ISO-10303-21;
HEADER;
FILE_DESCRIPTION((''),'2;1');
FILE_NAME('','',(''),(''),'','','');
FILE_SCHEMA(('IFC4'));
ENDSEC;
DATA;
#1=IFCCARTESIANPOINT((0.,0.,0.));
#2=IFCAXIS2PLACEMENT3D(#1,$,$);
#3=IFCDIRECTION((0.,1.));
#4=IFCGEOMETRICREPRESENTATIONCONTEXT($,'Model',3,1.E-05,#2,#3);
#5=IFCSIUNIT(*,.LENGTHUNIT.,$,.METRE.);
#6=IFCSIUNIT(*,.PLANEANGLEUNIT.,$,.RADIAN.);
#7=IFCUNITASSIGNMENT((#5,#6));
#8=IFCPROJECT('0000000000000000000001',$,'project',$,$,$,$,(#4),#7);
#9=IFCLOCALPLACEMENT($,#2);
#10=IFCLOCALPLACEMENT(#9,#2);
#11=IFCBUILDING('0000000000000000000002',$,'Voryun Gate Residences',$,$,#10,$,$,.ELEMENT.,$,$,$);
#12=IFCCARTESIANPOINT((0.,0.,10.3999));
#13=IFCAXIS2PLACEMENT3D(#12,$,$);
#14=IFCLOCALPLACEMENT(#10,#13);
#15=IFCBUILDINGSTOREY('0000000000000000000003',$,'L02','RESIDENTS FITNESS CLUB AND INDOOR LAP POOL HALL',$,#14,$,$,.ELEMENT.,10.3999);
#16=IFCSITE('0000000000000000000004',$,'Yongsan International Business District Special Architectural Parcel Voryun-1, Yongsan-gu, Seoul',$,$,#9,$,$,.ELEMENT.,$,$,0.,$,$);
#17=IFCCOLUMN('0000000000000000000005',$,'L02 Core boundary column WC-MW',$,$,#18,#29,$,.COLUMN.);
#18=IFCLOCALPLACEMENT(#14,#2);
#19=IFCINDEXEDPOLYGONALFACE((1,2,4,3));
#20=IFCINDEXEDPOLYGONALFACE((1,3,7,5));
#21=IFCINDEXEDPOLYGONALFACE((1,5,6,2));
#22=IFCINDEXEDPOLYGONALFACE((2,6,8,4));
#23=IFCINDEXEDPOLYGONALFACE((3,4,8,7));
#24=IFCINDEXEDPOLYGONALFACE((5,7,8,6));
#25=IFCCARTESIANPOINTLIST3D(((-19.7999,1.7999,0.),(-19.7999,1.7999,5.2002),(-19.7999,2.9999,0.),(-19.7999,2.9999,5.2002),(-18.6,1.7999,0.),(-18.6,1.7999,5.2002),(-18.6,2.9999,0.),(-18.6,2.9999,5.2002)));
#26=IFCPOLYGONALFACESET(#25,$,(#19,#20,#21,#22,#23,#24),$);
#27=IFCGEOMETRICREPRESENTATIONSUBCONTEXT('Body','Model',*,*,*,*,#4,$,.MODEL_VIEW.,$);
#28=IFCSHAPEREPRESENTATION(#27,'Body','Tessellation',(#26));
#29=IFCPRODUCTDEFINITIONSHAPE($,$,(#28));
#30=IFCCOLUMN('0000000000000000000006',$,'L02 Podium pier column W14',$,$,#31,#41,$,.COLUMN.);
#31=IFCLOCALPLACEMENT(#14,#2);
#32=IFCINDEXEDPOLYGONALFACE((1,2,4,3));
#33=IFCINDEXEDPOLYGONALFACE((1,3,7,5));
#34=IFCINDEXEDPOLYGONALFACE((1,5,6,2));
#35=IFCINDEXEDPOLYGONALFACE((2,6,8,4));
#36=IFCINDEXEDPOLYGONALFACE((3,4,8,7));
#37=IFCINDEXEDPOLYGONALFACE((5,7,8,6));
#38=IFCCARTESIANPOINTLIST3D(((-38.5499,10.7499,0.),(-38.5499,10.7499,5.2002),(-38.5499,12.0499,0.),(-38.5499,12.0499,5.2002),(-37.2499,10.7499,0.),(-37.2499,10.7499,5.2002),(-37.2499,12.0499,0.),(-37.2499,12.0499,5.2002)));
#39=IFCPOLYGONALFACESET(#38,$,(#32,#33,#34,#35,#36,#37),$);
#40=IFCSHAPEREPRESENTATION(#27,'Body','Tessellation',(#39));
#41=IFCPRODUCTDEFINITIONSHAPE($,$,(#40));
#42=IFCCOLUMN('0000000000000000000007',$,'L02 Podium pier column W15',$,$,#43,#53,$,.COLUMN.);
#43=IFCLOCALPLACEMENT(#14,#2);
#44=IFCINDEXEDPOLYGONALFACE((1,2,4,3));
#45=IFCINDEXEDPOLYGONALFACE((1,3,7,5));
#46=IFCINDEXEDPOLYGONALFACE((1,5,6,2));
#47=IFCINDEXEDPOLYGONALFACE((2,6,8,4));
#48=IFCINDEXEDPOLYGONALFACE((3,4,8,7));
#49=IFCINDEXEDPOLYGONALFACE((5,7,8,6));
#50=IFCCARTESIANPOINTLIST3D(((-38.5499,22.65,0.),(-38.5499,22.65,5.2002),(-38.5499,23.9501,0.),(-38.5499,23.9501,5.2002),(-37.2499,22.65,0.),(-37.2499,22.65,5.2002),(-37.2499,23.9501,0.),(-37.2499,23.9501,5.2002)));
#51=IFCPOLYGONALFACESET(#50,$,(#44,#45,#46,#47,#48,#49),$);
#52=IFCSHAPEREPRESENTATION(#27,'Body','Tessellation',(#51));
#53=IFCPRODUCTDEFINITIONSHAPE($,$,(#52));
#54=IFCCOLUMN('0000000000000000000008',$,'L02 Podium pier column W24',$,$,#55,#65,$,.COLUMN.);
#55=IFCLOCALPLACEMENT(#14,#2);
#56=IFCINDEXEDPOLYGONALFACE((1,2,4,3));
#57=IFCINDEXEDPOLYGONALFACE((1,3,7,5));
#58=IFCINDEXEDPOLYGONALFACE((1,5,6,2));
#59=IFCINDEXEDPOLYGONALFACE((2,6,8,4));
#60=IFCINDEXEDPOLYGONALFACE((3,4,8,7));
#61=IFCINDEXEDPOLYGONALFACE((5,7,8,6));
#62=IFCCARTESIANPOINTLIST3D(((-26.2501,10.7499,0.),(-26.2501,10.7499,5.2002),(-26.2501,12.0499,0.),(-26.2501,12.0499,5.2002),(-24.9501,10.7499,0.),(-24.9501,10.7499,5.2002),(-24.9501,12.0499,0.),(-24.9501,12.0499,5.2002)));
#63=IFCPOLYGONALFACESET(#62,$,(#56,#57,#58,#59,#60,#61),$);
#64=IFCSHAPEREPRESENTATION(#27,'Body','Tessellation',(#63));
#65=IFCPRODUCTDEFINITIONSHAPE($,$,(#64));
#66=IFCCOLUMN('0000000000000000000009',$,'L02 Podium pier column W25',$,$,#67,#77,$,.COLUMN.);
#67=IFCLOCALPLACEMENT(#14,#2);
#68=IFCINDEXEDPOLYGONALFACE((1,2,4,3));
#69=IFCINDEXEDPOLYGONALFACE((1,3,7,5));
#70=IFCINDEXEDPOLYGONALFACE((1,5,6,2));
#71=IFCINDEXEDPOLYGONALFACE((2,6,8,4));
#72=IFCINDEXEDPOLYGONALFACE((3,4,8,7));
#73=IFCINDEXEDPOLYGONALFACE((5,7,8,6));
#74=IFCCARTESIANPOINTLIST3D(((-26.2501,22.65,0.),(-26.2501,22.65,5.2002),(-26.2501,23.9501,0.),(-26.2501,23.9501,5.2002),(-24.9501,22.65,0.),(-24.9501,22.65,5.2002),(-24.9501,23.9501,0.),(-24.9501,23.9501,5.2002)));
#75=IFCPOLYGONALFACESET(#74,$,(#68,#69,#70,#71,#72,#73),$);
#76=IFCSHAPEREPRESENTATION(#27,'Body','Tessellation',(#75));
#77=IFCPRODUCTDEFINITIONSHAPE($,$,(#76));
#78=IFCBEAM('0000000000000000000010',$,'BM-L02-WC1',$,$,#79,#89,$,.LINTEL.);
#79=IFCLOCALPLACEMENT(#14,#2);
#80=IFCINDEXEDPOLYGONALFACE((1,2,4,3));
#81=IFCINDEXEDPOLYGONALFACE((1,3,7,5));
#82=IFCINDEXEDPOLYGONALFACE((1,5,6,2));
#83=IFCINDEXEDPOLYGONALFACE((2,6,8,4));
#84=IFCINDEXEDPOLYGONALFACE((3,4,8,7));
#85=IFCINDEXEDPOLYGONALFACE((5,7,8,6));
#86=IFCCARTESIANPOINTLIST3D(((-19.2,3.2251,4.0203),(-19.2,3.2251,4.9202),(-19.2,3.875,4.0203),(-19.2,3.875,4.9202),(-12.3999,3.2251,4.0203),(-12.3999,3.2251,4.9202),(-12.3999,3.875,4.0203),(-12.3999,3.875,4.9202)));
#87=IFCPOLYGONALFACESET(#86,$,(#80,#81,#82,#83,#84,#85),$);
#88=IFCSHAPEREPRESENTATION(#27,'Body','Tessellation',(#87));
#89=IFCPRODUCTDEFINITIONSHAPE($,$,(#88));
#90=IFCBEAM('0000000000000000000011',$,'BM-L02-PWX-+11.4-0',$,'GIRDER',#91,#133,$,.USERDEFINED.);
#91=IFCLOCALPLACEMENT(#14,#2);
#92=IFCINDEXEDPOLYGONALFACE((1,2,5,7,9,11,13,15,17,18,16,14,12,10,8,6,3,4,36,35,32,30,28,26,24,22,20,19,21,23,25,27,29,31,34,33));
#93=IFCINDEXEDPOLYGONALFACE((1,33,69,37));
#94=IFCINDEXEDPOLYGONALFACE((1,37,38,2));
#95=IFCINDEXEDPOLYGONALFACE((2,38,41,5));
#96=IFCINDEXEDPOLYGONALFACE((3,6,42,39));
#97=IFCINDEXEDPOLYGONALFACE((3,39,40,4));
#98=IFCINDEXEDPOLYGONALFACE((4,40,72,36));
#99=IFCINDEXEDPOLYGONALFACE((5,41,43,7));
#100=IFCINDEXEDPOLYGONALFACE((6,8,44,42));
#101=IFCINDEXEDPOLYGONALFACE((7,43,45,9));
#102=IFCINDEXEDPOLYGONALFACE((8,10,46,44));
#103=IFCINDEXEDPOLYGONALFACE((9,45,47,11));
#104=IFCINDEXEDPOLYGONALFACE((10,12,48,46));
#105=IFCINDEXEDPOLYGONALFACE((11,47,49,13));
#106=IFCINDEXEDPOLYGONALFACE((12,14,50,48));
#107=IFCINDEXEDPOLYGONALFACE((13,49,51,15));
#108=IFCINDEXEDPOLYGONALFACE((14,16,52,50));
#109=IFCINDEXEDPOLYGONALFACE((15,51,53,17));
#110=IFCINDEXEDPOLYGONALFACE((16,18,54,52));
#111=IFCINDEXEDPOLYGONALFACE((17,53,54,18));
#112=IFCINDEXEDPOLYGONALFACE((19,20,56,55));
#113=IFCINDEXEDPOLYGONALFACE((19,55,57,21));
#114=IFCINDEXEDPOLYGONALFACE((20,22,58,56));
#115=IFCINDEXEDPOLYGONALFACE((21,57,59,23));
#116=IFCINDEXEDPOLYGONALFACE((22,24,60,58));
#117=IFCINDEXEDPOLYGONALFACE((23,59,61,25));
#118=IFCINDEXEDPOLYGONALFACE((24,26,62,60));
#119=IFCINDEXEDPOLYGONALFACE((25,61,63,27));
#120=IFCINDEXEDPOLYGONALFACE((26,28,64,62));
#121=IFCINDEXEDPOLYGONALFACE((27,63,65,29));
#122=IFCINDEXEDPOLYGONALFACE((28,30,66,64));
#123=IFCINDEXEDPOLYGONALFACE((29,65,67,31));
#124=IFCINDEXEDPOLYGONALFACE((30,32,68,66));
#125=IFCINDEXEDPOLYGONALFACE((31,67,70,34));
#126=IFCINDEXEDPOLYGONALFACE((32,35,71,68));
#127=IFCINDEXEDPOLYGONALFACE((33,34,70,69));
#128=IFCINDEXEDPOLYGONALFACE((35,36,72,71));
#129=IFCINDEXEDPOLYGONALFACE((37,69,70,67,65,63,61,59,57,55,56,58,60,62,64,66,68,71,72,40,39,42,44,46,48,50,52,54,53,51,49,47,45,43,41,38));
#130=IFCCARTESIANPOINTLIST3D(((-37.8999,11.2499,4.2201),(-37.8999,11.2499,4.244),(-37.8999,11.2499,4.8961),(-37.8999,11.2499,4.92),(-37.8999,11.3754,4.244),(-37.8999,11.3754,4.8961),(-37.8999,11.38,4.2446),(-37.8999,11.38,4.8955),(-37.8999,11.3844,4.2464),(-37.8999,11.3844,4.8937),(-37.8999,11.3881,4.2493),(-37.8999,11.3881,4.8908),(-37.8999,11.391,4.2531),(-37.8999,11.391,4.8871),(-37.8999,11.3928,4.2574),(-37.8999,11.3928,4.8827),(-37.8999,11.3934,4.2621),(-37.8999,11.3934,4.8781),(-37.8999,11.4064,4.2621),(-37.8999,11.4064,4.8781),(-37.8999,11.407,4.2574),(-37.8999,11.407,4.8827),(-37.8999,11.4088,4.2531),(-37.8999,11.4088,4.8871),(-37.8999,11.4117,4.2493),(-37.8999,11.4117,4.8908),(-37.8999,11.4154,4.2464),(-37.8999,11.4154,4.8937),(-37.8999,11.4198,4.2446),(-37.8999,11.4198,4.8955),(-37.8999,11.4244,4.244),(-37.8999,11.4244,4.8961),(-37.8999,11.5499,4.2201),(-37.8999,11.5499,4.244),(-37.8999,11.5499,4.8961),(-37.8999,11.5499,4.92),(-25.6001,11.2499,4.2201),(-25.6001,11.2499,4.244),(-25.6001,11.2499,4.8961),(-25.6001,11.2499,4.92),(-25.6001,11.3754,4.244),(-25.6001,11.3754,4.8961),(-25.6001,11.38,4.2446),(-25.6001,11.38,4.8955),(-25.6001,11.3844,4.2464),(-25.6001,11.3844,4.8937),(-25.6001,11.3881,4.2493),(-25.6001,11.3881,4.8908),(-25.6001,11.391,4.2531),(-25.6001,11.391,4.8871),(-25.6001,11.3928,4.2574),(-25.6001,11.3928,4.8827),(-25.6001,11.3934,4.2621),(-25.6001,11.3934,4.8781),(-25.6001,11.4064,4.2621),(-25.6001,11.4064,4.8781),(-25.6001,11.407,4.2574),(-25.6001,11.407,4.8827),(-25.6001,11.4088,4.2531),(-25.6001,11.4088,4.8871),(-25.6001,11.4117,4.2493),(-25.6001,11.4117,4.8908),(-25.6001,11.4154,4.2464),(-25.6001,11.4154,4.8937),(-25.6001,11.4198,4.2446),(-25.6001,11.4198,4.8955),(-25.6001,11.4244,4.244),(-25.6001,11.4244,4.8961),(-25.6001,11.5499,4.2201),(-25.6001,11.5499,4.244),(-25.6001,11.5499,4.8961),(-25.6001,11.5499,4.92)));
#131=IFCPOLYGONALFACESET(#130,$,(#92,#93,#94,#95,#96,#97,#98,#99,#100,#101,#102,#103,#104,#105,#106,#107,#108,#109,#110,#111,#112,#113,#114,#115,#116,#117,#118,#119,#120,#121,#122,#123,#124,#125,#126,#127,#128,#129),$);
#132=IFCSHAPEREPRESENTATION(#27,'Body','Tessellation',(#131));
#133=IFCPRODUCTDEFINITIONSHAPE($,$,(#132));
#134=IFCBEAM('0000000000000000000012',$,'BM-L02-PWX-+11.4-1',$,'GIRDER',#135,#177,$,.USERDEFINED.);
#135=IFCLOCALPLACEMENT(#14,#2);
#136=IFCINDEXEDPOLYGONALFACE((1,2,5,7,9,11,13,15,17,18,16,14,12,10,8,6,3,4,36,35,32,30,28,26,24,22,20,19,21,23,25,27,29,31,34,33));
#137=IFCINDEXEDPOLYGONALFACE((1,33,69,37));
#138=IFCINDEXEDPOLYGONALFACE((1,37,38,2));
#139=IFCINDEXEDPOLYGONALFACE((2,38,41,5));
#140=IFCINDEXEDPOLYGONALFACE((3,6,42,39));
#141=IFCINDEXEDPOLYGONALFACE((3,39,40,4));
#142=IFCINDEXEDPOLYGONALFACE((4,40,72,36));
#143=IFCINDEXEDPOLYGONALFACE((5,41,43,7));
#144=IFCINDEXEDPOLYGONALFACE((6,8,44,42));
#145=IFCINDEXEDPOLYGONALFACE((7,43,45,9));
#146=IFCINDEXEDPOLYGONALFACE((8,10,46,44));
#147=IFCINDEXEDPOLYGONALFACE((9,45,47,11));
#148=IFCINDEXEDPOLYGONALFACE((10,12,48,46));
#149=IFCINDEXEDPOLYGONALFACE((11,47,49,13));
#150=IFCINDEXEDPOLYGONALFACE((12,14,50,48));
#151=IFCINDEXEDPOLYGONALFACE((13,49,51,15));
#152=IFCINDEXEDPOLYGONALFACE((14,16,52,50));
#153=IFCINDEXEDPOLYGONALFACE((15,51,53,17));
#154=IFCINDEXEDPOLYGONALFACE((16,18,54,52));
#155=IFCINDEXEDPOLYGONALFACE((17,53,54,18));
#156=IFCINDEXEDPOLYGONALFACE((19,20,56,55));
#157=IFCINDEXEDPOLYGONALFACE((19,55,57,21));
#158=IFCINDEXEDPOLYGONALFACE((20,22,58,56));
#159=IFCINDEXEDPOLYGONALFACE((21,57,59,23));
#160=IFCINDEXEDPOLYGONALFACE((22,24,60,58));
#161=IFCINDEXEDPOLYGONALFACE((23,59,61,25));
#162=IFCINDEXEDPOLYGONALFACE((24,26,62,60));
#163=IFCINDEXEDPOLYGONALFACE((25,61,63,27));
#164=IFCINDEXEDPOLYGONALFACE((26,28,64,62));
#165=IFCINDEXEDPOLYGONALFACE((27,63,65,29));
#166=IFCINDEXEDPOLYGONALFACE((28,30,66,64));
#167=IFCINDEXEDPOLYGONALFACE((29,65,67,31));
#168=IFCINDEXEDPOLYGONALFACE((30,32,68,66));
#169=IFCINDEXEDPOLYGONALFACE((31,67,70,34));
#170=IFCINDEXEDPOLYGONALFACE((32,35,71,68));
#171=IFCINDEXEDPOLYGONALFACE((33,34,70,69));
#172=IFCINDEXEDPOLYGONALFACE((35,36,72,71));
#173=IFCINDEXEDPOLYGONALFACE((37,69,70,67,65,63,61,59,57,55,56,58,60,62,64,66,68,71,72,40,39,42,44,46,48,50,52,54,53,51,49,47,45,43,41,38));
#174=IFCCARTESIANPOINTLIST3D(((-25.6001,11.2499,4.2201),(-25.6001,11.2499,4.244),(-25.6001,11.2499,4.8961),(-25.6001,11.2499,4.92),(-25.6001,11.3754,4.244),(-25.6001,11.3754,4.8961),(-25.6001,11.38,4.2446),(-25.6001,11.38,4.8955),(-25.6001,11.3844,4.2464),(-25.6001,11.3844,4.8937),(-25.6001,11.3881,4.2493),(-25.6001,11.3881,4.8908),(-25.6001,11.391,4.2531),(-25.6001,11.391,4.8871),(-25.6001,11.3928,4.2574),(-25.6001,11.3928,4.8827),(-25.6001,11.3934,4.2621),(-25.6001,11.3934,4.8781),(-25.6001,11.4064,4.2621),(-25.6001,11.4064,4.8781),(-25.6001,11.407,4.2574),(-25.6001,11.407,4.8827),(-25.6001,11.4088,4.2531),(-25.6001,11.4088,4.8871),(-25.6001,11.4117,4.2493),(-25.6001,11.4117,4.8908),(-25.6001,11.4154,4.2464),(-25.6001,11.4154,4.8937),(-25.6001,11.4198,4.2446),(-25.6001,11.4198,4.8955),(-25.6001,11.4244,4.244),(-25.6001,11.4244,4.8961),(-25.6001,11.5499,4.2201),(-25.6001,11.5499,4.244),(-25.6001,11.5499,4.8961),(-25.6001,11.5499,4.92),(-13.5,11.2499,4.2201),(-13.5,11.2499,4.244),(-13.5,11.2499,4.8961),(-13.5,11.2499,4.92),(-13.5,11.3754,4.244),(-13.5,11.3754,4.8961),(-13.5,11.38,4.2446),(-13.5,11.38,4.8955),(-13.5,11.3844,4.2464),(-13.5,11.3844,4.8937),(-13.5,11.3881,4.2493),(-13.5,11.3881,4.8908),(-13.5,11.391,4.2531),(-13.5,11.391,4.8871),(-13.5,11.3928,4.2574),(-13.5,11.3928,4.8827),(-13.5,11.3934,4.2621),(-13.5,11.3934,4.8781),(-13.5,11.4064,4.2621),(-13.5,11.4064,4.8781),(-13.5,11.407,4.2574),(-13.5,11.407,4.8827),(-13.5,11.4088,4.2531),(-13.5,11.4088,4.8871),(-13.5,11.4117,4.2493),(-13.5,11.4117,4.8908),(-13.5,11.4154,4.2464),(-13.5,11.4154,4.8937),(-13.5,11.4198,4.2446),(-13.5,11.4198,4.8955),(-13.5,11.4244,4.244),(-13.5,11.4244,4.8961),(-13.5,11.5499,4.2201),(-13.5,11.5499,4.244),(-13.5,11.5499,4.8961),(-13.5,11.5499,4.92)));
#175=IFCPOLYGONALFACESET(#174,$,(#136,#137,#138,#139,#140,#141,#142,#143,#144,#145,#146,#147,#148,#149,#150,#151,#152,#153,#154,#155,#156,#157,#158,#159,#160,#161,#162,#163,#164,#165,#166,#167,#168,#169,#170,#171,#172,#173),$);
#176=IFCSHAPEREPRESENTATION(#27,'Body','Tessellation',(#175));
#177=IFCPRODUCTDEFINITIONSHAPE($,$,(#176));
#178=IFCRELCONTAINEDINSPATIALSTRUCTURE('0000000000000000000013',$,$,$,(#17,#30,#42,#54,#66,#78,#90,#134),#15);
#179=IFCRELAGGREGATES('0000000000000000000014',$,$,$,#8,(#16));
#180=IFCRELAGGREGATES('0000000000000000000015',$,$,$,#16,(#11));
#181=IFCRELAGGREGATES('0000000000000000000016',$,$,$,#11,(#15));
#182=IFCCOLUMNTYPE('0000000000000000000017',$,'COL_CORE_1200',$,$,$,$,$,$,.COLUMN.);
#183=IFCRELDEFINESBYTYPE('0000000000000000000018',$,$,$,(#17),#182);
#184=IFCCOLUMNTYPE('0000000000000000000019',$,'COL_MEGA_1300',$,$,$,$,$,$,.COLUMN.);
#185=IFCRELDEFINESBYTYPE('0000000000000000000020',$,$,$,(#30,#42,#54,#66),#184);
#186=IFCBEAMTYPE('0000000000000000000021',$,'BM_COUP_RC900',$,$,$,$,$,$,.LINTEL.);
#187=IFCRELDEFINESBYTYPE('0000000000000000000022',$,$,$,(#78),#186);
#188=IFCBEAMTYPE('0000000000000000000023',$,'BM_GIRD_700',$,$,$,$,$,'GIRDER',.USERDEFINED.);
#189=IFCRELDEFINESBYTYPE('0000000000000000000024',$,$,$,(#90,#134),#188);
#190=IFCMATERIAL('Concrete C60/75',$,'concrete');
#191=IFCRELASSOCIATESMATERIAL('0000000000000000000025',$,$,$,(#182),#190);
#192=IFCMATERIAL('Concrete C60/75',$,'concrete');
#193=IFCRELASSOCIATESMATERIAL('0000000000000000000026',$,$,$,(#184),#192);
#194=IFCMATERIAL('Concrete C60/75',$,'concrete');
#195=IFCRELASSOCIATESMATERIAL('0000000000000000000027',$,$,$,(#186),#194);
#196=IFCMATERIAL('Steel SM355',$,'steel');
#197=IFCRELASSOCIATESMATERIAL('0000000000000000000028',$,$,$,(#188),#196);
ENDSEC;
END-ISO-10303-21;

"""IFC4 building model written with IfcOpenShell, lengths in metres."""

from ifc_helpers import new_model, si_unit, direction, frame, origin, origin_2d, place, context, subcontext, project, spatial, rectangle, i_section, extrude, material, material_profile, profile_set, type_object, element, save


model = new_model("IFC4")

# Units and contexts
model_context = context("Model", 3, precision=1e-05, world=origin(), true_north=direction((0.0, 1.0)))
body_context = subcontext(model_context, "Body", "Model", "MODEL_VIEW")
ifc_project = project(units=[si_unit("LENGTHUNIT", "METRE"), si_unit("PLANEANGLEUNIT", "RADIAN")], contexts=[model_context])

# Site, building, storey
site_placement = place(None, origin())
site = spatial("IfcSite", under=ifc_project, at=site_placement, Name="Yongsan International Business District Special Architectural Parcel Voryun-1, Yongsan-gu, Seoul", CompositionType="ELEMENT", RefElevation=0.0)
building_placement = place(site_placement, origin())
building = spatial("IfcBuilding", under=site, at=building_placement, Name="Voryun Gate Residences", CompositionType="ELEMENT")
storey_placement = place(building_placement, frame((0.0, 0.0, 10.3999)))
storey = spatial("IfcBuildingStorey", under=building, at=storey_placement, Name="L02", Description="RESIDENTS FITNESS CLUB AND INDOOR LAP POOL HALL", CompositionType="ELEMENT", Elevation=10.3999)

# Columns
ifc_material_1 = material(Name="Concrete C60/75", Category="concrete")
ifc_material_profile_1 = material_profile(ifc_material_1, rectangle(XDim=1.2, YDim=1.2, at=origin_2d()), Name="RC-1200x1200")
ifc_profile_set_1 = profile_set([ifc_material_profile_1], Name="Concrete C60/75")
column_type_1 = type_object("IfcColumnType", Name="COL_CORE_1200", PredefinedType="COLUMN", material=ifc_profile_set_1)
column_placement = place(storey_placement, frame((-19.2, 2.3999, 0.0), z_axis=(0.0, 0.0, 1.0), x_axis=(1.0, 0.0, 0.0)))
element("IfcColumn", 1, at=column_placement, inside=storey, type_object=column_type_1, Name="L02 Core boundary column WC-MW", PredefinedType="COLUMN", context=body_context, shape_type="SweptSolid", body=[
    extrude(rectangle(XDim=1.2, YDim=1.2, at=origin_2d()), origin(), (0.0, 0.0, 1.0), 5.2002),
])
ifc_material_2 = material(Name="Concrete C60/75", Category="concrete")
ifc_material_profile_2 = material_profile(ifc_material_2, rectangle(XDim=1.3, YDim=1.3, at=origin_2d()), Name="RC-1300x1300")
ifc_profile_set_2 = profile_set([ifc_material_profile_2], Name="Concrete C60/75")
column_type_2 = type_object("IfcColumnType", Name="COL_MEGA_1300", PredefinedType="COLUMN", material=ifc_profile_set_2)
for number, where, z_axis, x_axis, name in (
    (2, (-37.8999, 11.3999, 0.0), (0.0, 0.0, 1.0), (1.0, 0.0, 0.0), "L02 Podium pier column W14"),
    (3, (-37.8999, 23.3, 0.0), (0.0, 0.0, 1.0), (1.0, 0.0, 0.0), "L02 Podium pier column W15"),
    (4, (-25.6001, 11.3999, 0.0), (0.0, 0.0, 1.0), (1.0, 0.0, 0.0), "L02 Podium pier column W24"),
    (5, (-25.6001, 23.3, 0.0), (0.0, 0.0, 1.0), (1.0, 0.0, 0.0), "L02 Podium pier column W25"),
):
    element("IfcColumn", number, at=place(storey_placement, frame(where, z_axis=z_axis, x_axis=x_axis)), inside=storey, type_object=column_type_2, Name=name, PredefinedType="COLUMN", context=body_context, shape_type="SweptSolid", body=[
        extrude(rectangle(XDim=1.3, YDim=1.3, at=origin_2d()), origin(), (0.0, 0.0, 1.0), 5.2002),
    ])

# Beams
ifc_material_3 = material(Name="Concrete C60/75", Category="concrete")
ifc_material_profile_3 = material_profile(ifc_material_3, rectangle(XDim=0.6499, YDim=0.8999, at=origin_2d()), Name="RC-650x900")
ifc_profile_set_3 = profile_set([ifc_material_profile_3], Name="Concrete C60/75")
beam_type_1 = type_object("IfcBeamType", Name="BM_COUP_RC900", PredefinedType="LINTEL", material=ifc_profile_set_3)
beam_1_placement = place(storey_placement, frame((-19.2, 3.55, 4.4702), z_axis=(1.0, 0.0, 0.0), x_axis=(0.0, 1.0, 0.0)))
element("IfcBeam", 6, at=beam_1_placement, inside=storey, type_object=beam_type_1, Name="BM-L02-WC1", PredefinedType="LINTEL", context=body_context, shape_type="SweptSolid", body=[
    extrude(rectangle(XDim=0.6499, YDim=0.8999, at=origin_2d()), origin(), (0.0, 0.0, 1.0), 6.8),
])
ifc_material_4 = material(Name="Steel SM355", Category="steel")
ifc_material_profile_4 = material_profile(ifc_material_4, i_section(OverallWidth=0.3, OverallDepth=0.7, WebThickness=0.0129, FlangeThickness=0.0239, FilletRadius=0.0181, at=origin_2d()), Name="H-700x300x13x24")
ifc_profile_set_4 = profile_set([ifc_material_profile_4], Name="Steel SM355")
beam_type_2 = type_object("IfcBeamType", Name="BM_GIRD_700", ElementType="GIRDER", PredefinedType="USERDEFINED", material=ifc_profile_set_4)
beam_2_placement = place(storey_placement, frame((-37.8999, 11.3999, 4.5701), z_axis=(1.0, 0.0, 0.0), x_axis=(0.0, 1.0, 0.0)))
element("IfcBeam", 7, at=beam_2_placement, inside=storey, type_object=beam_type_2, Name="BM-L02-PWX-+11.4-0", ObjectType="GIRDER", PredefinedType="USERDEFINED", context=body_context, shape_type="SweptSolid", body=[
    extrude(i_section(OverallWidth=0.3, OverallDepth=0.7, WebThickness=0.0129, FlangeThickness=0.0239, FilletRadius=0.0181, at=origin_2d()), origin(), (0.0, 0.0, 1.0), 12.2998),
])
beam_3_placement = place(storey_placement, frame((-25.6001, 11.3999, 4.5701), z_axis=(1.0, 0.0, 0.0), x_axis=(0.0, 1.0, 0.0)))
element("IfcBeam", 8, at=beam_3_placement, inside=storey, type_object=beam_type_2, Name="BM-L02-PWX-+11.4-1", ObjectType="GIRDER", PredefinedType="USERDEFINED", context=body_context, shape_type="SweptSolid", body=[
    extrude(i_section(OverallWidth=0.3, OverallDepth=0.7, WebThickness=0.0129, FlangeThickness=0.0239, FilletRadius=0.0181, at=origin_2d()), origin(), (0.0, 0.0, 1.0), 12.1001),
])

save(model, "model.ifc")
